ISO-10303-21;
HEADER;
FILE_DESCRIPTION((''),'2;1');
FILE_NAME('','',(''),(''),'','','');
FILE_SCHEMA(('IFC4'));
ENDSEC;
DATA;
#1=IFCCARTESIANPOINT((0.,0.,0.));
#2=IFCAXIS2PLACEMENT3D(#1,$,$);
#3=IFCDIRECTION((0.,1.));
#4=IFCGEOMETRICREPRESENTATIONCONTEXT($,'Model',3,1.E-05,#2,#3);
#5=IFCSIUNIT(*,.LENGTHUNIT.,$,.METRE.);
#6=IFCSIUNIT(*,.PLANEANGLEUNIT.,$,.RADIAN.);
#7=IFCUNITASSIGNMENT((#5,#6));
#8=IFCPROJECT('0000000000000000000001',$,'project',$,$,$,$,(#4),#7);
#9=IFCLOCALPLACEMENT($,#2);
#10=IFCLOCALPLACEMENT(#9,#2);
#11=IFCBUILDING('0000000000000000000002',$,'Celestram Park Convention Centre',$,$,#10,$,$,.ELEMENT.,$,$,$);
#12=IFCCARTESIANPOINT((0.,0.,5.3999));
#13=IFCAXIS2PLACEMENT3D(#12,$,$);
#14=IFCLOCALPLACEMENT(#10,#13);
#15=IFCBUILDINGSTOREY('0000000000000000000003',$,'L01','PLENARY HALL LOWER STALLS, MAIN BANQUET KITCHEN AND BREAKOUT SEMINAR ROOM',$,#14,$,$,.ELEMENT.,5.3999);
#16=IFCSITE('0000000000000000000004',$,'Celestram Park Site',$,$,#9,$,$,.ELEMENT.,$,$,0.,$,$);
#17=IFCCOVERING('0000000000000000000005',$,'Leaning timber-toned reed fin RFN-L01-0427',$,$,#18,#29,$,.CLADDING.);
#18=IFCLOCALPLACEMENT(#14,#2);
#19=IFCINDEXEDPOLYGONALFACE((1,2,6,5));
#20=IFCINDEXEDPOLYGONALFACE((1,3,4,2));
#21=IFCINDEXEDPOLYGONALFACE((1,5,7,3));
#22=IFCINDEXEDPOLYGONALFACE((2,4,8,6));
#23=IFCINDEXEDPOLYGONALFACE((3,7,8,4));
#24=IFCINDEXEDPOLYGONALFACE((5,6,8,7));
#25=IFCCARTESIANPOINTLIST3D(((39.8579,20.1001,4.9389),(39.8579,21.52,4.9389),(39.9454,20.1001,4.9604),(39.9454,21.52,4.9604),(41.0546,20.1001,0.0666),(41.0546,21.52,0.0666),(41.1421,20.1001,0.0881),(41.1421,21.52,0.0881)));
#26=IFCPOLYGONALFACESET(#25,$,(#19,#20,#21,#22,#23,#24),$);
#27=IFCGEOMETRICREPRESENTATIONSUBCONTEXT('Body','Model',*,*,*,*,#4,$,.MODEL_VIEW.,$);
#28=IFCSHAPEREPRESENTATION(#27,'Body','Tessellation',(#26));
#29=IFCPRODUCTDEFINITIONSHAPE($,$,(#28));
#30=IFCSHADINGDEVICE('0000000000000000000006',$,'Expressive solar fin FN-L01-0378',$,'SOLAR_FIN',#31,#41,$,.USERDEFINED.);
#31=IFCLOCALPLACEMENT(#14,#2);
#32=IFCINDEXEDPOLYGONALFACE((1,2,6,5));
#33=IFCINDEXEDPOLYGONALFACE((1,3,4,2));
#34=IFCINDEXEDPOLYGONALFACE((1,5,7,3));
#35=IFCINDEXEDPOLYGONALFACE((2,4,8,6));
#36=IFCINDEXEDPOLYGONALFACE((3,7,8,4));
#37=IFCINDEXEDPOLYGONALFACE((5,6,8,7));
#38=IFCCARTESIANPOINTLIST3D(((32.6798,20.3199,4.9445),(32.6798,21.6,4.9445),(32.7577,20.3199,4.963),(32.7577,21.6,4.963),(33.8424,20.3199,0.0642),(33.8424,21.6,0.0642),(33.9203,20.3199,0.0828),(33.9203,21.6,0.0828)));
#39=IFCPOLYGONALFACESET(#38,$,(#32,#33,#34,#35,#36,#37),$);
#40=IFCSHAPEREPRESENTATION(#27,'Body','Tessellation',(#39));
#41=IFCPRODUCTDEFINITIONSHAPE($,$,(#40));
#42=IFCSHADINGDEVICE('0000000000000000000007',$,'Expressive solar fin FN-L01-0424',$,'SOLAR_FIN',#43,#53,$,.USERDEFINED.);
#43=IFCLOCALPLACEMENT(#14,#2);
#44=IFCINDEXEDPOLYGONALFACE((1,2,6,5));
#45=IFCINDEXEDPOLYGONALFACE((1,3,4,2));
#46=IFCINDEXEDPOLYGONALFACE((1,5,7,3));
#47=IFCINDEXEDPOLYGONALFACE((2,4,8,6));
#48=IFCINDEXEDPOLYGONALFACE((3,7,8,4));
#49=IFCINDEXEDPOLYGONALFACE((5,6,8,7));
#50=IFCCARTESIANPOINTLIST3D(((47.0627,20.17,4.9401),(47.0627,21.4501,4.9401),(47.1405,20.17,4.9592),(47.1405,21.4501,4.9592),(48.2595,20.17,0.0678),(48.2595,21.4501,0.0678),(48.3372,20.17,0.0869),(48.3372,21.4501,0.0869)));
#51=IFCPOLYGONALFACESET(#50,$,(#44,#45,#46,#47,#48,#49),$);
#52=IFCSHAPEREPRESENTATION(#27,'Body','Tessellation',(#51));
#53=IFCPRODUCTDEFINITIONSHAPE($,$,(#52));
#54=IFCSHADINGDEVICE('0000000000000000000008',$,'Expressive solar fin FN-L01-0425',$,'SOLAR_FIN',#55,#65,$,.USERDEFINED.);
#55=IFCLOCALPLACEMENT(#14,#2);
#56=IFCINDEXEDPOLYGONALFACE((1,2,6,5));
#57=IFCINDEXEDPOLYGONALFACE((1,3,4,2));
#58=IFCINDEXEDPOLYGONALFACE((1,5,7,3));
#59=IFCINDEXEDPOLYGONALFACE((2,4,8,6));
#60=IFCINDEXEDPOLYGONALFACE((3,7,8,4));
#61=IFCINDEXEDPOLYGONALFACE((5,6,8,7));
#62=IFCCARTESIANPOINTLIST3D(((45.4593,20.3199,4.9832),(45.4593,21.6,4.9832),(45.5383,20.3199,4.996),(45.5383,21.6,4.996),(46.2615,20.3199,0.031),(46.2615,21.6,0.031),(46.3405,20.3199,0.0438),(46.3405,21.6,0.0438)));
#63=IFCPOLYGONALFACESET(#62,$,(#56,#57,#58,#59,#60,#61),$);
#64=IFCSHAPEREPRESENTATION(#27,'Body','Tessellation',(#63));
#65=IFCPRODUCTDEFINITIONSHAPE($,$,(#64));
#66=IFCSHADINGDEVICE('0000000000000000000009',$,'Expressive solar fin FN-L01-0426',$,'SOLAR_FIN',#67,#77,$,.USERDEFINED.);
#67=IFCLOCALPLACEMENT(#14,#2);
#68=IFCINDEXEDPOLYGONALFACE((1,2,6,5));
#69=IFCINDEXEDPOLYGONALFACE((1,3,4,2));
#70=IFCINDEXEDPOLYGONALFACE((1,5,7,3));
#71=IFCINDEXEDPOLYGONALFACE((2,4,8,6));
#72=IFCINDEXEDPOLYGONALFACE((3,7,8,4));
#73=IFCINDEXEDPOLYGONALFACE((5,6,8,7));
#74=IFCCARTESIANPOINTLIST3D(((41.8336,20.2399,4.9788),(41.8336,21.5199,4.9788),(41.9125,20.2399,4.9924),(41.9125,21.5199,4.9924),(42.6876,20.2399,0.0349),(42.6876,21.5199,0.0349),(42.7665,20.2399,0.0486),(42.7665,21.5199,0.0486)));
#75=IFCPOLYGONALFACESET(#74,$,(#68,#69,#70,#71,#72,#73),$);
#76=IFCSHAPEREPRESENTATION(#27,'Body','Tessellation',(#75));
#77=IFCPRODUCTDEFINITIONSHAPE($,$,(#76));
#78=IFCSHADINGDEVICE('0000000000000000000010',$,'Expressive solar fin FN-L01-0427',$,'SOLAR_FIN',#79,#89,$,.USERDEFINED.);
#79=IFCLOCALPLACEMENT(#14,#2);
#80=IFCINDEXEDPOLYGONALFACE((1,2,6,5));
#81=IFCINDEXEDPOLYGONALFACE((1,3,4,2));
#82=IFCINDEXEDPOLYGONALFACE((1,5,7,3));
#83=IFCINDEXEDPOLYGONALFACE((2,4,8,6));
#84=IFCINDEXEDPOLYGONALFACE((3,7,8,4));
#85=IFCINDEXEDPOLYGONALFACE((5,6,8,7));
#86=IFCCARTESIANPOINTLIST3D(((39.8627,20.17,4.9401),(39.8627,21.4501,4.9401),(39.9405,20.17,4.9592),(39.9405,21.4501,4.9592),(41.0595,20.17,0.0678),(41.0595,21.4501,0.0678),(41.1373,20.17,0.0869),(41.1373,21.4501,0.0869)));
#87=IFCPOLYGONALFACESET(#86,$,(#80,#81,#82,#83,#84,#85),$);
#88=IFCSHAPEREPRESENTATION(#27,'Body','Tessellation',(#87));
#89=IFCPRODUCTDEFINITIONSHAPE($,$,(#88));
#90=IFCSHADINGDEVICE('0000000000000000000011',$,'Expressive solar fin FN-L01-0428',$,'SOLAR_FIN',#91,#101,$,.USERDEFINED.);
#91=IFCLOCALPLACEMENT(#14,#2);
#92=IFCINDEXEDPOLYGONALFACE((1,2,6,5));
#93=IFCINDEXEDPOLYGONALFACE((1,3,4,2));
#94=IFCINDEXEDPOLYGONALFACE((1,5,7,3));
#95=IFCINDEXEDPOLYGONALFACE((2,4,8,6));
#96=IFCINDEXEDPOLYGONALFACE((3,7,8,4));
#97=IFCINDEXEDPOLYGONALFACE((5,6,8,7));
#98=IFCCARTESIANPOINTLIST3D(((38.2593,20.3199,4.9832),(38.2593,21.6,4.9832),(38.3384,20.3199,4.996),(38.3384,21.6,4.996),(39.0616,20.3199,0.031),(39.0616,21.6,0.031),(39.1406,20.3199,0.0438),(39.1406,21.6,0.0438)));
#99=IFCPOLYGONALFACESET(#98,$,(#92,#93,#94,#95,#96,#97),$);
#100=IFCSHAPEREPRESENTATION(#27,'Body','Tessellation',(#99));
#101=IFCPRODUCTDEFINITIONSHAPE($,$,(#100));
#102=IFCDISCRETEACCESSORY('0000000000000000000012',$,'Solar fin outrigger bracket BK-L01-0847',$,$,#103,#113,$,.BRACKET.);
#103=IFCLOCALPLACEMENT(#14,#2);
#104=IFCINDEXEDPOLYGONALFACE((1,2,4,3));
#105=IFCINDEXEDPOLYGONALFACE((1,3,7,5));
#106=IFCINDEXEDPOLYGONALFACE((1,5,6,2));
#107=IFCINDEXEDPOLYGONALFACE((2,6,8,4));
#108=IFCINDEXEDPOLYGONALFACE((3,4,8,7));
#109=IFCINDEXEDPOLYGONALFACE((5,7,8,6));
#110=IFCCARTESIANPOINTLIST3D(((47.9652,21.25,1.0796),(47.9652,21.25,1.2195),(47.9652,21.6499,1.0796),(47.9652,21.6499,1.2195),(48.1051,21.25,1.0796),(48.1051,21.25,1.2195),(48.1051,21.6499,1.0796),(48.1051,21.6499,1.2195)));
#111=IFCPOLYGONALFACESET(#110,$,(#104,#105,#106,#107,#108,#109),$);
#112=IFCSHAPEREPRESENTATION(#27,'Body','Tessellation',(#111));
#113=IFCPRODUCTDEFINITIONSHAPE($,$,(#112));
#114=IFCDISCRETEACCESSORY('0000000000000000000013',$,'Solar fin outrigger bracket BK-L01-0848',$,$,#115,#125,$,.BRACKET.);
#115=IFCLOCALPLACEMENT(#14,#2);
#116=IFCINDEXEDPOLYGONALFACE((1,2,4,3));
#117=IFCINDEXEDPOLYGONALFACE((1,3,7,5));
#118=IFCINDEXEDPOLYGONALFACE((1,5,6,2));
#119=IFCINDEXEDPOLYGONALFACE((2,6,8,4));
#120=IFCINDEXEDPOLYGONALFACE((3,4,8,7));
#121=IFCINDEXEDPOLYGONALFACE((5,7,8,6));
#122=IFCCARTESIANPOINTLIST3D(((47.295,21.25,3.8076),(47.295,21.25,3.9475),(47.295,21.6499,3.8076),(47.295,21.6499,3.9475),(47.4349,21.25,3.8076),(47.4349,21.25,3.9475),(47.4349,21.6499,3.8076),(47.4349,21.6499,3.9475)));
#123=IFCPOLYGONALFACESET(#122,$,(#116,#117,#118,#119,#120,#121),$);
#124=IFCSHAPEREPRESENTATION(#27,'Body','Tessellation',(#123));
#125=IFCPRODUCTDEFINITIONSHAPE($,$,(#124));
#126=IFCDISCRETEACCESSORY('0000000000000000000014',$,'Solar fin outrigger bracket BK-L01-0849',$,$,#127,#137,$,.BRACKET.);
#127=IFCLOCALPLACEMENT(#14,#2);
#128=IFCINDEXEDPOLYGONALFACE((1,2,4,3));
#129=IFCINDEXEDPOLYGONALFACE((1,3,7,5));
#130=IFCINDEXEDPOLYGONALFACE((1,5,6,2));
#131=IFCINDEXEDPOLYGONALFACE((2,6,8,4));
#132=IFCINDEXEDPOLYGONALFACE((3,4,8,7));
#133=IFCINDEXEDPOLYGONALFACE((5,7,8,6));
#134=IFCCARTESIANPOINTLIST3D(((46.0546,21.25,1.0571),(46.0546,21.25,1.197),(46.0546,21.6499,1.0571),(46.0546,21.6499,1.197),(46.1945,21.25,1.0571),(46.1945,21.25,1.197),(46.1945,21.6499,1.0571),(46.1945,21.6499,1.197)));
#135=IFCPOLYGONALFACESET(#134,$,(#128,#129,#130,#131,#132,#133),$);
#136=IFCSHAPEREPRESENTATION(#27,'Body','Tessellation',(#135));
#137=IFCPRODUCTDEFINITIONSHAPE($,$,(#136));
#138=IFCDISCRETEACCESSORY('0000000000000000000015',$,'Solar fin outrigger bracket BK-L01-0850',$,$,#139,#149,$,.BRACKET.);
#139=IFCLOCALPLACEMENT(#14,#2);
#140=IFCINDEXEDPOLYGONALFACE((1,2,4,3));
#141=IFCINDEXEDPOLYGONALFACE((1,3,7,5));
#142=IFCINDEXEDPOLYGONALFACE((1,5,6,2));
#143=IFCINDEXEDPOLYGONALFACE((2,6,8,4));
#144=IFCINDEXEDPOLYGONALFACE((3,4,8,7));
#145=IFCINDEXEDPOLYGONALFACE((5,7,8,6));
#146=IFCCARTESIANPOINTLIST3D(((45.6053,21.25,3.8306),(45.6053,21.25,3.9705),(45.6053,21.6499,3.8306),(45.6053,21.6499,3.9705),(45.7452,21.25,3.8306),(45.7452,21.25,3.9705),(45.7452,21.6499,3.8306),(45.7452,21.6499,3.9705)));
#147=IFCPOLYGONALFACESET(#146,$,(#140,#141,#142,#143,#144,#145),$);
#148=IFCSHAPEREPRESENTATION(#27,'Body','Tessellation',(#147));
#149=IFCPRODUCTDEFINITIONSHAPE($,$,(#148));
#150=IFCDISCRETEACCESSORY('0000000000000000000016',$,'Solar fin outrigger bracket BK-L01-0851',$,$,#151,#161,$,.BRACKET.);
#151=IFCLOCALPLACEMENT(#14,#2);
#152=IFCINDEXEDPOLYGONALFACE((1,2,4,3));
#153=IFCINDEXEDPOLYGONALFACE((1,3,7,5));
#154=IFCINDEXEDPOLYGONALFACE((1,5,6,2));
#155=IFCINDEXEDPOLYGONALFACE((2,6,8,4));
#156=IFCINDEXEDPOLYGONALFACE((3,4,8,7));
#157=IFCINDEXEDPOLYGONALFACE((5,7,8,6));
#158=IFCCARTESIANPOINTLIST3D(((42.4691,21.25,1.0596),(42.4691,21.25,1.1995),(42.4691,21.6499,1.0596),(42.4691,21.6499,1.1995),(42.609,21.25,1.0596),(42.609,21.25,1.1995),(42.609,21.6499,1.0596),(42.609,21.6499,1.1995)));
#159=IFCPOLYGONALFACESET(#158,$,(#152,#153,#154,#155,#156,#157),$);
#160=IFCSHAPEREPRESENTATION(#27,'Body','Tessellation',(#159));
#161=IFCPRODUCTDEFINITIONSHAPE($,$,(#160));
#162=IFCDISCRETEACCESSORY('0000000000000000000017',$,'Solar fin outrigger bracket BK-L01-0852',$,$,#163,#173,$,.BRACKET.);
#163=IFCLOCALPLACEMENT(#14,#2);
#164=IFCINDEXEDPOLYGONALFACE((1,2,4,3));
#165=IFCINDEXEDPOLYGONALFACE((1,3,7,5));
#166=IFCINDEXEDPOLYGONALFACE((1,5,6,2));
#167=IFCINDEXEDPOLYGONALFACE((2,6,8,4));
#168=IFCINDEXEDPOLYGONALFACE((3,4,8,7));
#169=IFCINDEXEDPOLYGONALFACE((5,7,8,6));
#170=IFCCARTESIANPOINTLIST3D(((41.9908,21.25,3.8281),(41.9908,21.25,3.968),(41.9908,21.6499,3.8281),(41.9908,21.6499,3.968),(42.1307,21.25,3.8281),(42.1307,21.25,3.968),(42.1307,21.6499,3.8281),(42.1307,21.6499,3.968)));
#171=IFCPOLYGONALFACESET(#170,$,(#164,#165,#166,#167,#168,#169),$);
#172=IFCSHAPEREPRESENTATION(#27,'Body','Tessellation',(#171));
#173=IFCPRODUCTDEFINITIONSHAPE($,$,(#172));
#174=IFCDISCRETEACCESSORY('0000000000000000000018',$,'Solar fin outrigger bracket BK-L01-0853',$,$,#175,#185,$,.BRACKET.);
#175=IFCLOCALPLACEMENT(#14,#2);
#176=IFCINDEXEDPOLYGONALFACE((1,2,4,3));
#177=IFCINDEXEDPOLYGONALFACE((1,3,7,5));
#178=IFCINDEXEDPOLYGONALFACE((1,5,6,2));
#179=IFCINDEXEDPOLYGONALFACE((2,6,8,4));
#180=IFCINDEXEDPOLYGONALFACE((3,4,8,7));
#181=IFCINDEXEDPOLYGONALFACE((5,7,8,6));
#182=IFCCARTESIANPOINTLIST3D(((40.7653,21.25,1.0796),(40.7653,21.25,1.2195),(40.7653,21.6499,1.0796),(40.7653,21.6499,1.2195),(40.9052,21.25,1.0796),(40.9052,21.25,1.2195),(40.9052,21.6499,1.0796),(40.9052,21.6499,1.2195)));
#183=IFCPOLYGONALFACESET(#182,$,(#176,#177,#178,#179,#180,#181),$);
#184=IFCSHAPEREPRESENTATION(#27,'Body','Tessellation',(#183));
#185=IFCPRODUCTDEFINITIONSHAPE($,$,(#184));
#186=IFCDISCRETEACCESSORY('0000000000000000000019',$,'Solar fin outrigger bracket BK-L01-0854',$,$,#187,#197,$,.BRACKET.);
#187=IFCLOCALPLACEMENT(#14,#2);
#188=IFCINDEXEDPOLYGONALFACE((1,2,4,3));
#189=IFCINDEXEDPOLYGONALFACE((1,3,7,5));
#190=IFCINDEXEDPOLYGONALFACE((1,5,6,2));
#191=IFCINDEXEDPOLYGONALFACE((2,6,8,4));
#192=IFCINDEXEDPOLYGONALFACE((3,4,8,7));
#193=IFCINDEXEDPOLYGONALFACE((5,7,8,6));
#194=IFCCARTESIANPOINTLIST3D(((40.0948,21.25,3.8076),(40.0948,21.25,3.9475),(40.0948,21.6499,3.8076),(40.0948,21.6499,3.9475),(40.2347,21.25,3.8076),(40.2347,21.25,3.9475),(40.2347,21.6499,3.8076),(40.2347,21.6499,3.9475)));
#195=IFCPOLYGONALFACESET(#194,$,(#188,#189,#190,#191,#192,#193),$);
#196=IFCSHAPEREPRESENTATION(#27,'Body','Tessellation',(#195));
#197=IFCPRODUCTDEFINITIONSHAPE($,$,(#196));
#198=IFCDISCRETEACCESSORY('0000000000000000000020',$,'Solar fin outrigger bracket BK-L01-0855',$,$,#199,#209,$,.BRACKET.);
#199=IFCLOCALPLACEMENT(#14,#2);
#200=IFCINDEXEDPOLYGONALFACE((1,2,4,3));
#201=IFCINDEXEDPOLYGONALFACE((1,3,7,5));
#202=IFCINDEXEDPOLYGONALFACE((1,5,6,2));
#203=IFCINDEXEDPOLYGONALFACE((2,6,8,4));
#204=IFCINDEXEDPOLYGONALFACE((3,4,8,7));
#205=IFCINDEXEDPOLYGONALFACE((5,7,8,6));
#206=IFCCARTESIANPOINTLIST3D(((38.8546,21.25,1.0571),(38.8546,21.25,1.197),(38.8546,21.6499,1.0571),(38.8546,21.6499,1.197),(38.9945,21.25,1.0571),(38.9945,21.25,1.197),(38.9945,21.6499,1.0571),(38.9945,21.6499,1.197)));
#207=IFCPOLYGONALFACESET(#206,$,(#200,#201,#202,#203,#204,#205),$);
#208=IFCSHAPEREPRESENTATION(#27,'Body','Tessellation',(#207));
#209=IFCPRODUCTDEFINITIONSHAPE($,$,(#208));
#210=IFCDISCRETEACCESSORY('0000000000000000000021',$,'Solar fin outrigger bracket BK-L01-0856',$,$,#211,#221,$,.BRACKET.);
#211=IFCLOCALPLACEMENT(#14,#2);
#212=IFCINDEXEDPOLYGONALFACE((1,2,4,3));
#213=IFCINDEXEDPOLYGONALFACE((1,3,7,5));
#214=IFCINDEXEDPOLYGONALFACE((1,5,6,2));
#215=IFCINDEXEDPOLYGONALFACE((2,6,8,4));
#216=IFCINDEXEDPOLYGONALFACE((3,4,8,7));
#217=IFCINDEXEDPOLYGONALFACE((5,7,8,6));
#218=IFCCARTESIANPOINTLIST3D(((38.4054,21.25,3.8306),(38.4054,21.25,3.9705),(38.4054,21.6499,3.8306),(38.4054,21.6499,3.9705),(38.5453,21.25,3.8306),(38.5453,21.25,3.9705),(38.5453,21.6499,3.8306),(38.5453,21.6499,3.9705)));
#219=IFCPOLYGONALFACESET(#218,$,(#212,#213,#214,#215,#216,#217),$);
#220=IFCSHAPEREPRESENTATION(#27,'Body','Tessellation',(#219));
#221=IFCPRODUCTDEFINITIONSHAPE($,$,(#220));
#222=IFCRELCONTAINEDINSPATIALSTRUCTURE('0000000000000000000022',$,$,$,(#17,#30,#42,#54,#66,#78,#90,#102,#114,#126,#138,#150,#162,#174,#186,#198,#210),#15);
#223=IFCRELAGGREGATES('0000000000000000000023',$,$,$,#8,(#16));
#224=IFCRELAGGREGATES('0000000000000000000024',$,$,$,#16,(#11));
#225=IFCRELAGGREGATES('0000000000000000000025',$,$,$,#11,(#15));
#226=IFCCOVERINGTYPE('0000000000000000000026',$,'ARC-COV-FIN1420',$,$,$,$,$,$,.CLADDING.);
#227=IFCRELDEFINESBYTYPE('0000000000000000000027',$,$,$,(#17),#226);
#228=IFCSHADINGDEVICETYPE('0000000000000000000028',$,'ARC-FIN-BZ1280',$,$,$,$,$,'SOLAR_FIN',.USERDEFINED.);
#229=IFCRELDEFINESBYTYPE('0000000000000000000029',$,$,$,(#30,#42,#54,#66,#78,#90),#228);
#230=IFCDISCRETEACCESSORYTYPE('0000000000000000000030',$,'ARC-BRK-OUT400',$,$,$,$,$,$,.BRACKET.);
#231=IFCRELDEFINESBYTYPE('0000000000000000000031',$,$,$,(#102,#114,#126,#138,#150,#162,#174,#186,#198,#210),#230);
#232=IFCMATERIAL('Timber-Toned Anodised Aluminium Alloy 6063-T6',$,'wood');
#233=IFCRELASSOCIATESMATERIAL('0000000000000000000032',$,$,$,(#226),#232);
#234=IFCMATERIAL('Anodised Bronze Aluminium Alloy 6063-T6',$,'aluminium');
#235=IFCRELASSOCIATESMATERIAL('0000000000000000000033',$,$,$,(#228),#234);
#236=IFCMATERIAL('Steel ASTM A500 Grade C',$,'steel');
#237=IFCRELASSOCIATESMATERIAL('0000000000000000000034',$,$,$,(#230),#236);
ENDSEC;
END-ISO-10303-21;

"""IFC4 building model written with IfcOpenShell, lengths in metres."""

from ifc_helpers import new_model, si_unit, direction, frame, origin, origin_2d, place, context, subcontext, project, spatial, rectangle, extrude, material, material_profile, profile_set, type_object, element, save


model = new_model("IFC4")

# Units and contexts
model_context = context("Model", 3, precision=1e-05, world=origin(), true_north=direction((0.0, 1.0)))
body_context = subcontext(model_context, "Body", "Model", "MODEL_VIEW")
ifc_project = project(units=[si_unit("LENGTHUNIT", "METRE"), si_unit("PLANEANGLEUNIT", "RADIAN")], contexts=[model_context])

# Site, building, storey
site_placement = place(None, origin())
site = spatial("IfcSite", under=ifc_project, at=site_placement, Name="Celestram Park Site", CompositionType="ELEMENT", RefElevation=0.0)
building_placement = place(site_placement, origin())
building = spatial("IfcBuilding", under=site, at=building_placement, Name="Celestram Park Convention Centre", CompositionType="ELEMENT")
storey_placement = place(building_placement, frame((0.0, 0.0, 5.3999)))
storey = spatial("IfcBuildingStorey", under=building, at=storey_placement, Name="L01", Description="PLENARY HALL LOWER STALLS, MAIN BANQUET KITCHEN AND BREAKOUT SEMINAR ROOM", CompositionType="ELEMENT", Elevation=5.3999)

# Shared definitions
ifc_material_1 = material(Name="Steel ASTM A500 Grade C", Category="steel")

# Covering
ifc_material_2 = material(Name="Timber-Toned Anodised Aluminium Alloy 6063-T6", Category="wood")
ifc_material_profile_1 = material_profile(ifc_material_2, rectangle(XDim=1.4199, YDim=0.0901, at=origin_2d()), Name="REED1420X90")
ifc_profile_set_1 = profile_set([ifc_material_profile_1], Name="Timber-Toned Anodised Aluminium Alloy 6063-T6")
covering_type_1 = type_object("IfcCoveringType", Name="ARC-COV-FIN1420", PredefinedType="CLADDING", material=ifc_profile_set_1)
for number, where, z_axis, x_axis, name in (
    (1, (41.0984, 20.8101, 0.0774), (-0.238538, 0.0, 0.971133), (0.0, -1.0, 0.0), "Leaning timber-toned reed fin RFN-L01-0427"),
):
    element("IfcCovering", number, at=place(storey_placement, frame(where, z_axis=z_axis, x_axis=x_axis)), inside=storey, type_object=covering_type_1, Name=name, PredefinedType="CLADDING", context=body_context, shape_type="SweptSolid", body=[
        extrude(rectangle(XDim=1.4199, YDim=0.0901, at=origin_2d()), origin(), (0.0, 0.0, 1.0), 5.0171),
    ])

# Shading devices
ifc_material_3 = material(Name="Anodised Bronze Aluminium Alloy 6063-T6", Category="aluminium")
ifc_material_profile_2 = material_profile(ifc_material_3, rectangle(XDim=1.28, YDim=0.0801, at=origin_2d()), Name="FIN1280X80")
ifc_profile_set_2 = profile_set([ifc_material_profile_2], Name="Anodised Bronze Aluminium Alloy 6063-T6")
shading_device_type = type_object("IfcShadingDeviceType", Name="ARC-FIN-BZ1280", ElementType="SOLAR_FIN", PredefinedType="USERDEFINED", material=ifc_profile_set_2)
shading_device_1_placement = place(storey_placement, frame((33.8813, 20.96, 0.0735), z_axis=(-0.231735, 0.0, 0.972779), x_axis=(0.0, -1.0, 0.0)))
element("IfcShadingDevice", 2, at=shading_device_1_placement, inside=storey, type_object=shading_device_type, Name="Expressive solar fin FN-L01-0378", ObjectType="SOLAR_FIN", PredefinedType="USERDEFINED", context=body_context, shape_type="SweptSolid", body=[
    extrude(rectangle(XDim=1.28, YDim=0.0801, at=origin_2d()), origin(), (0.0, 0.0, 1.0), 5.0168),
])
shading_device_2_placement = place(storey_placement, frame((48.2983, 20.8101, 0.0774), z_axis=(-0.238538, 0.0, 0.971133), x_axis=(0.0, -1.0, 0.0)))
element("IfcShadingDevice", 3, at=shading_device_2_placement, inside=storey, type_object=shading_device_type, Name="Expressive solar fin FN-L01-0424", ObjectType="SOLAR_FIN", PredefinedType="USERDEFINED", context=body_context, shape_type="SweptSolid", body=[
    extrude(rectangle(XDim=1.28, YDim=0.0801, at=origin_2d()), origin(), (0.0, 0.0, 1.0), 5.0171),
])
shading_device_3_placement = place(storey_placement, frame((46.301, 20.96, 0.0374), z_axis=(-0.159907, 0.0, 0.987132), x_axis=(0.0, -1.0, 0.0)))
element("IfcShadingDevice", 4, at=shading_device_3_placement, inside=storey, type_object=shading_device_type, Name="Expressive solar fin FN-L01-0425", ObjectType="SOLAR_FIN", PredefinedType="USERDEFINED", context=body_context, shape_type="SweptSolid", body=[
    extrude(rectangle(XDim=1.28, YDim=0.0801, at=origin_2d()), origin(), (0.0, 0.0, 1.0), 5.0168),
])
for number, where, z_axis, x_axis, name in (
    (5, (42.7271, 20.8799, 0.0417), (-0.17022, 0.0, 0.985406), (0.0, -1.0, 0.0), "Expressive solar fin FN-L01-0426"),
    (6, (41.0984, 20.8101, 0.0774), (-0.238538, 0.0, 0.971133), (0.0, -1.0, 0.0), "Expressive solar fin FN-L01-0427"),
):
    element("IfcShadingDevice", number, at=place(storey_placement, frame(where, z_axis=z_axis, x_axis=x_axis)), inside=storey, type_object=shading_device_type, Name=name, ObjectType="SOLAR_FIN", PredefinedType="USERDEFINED", context=body_context, shape_type="SweptSolid", body=[
        extrude(rectangle(XDim=1.28, YDim=0.0801, at=origin_2d()), origin(), (0.0, 0.0, 1.0), 5.0171),
    ])
shading_device_4_placement = place(storey_placement, frame((39.1011, 20.96, 0.0374), z_axis=(-0.159907, 0.0, 0.987132), x_axis=(0.0, -1.0, 0.0)))
element("IfcShadingDevice", 7, at=shading_device_4_placement, inside=storey, type_object=shading_device_type, Name="Expressive solar fin FN-L01-0428", ObjectType="SOLAR_FIN", PredefinedType="USERDEFINED", context=body_context, shape_type="SweptSolid", body=[
    extrude(rectangle(XDim=1.28, YDim=0.0801, at=origin_2d()), origin(), (0.0, 0.0, 1.0), 5.0168),
])

# Discrete accessories
discrete_accessory_type = type_object("IfcDiscreteAccessoryType", Name="ARC-BRK-OUT400", PredefinedType="BRACKET", material=ifc_material_1)
for number, where, z_axis, x_axis, name in (
    (8, (48.0352, 21.45, 1.0796), (0.0, 0.0, 1.0), (0.0, -1.0, 0.0), "Solar fin outrigger bracket BK-L01-0847"),
    (9, (47.365, 21.45, 3.8076), (0.0, 0.0, 1.0), (0.0, -1.0, 0.0), "Solar fin outrigger bracket BK-L01-0848"),
    (10, (46.1245, 21.45, 1.0571), (0.0, 0.0, 1.0), (0.0, -1.0, 0.0), "Solar fin outrigger bracket BK-L01-0849"),
    (11, (45.6753, 21.45, 3.8306), (0.0, 0.0, 1.0), (0.0, -1.0, 0.0), "Solar fin outrigger bracket BK-L01-0850"),
    (12, (42.5391, 21.45, 1.0596), (0.0, 0.0, 1.0), (0.0, -1.0, 0.0), "Solar fin outrigger bracket BK-L01-0851"),
    (13, (42.0608, 21.45, 3.8281), (0.0, 0.0, 1.0), (0.0, -1.0, 0.0), "Solar fin outrigger bracket BK-L01-0852"),
    (14, (40.8352, 21.45, 1.0796), (0.0, 0.0, 1.0), (0.0, -1.0, 0.0), "Solar fin outrigger bracket BK-L01-0853"),
    (15, (40.1648, 21.45, 3.8076), (0.0, 0.0, 1.0), (0.0, -1.0, 0.0), "Solar fin outrigger bracket BK-L01-0854"),
    (16, (38.9246, 21.45, 1.0571), (0.0, 0.0, 1.0), (0.0, -1.0, 0.0), "Solar fin outrigger bracket BK-L01-0855"),
    (17, (38.4753, 21.45, 3.8306), (0.0, 0.0, 1.0), (0.0, -1.0, 0.0), "Solar fin outrigger bracket BK-L01-0856"),
):
    element("IfcDiscreteAccessory", number, at=place(storey_placement, frame(where, z_axis=z_axis, x_axis=x_axis)), inside=storey, type_object=discrete_accessory_type, Name=name, PredefinedType="BRACKET", context=body_context, shape_type="SweptSolid", body=[
        extrude(rectangle(XDim=0.3999, YDim=0.1399, at=origin_2d()), origin(), (0.0, 0.0, 1.0), 0.1399),
    ])

save(model, "model.ifc")
